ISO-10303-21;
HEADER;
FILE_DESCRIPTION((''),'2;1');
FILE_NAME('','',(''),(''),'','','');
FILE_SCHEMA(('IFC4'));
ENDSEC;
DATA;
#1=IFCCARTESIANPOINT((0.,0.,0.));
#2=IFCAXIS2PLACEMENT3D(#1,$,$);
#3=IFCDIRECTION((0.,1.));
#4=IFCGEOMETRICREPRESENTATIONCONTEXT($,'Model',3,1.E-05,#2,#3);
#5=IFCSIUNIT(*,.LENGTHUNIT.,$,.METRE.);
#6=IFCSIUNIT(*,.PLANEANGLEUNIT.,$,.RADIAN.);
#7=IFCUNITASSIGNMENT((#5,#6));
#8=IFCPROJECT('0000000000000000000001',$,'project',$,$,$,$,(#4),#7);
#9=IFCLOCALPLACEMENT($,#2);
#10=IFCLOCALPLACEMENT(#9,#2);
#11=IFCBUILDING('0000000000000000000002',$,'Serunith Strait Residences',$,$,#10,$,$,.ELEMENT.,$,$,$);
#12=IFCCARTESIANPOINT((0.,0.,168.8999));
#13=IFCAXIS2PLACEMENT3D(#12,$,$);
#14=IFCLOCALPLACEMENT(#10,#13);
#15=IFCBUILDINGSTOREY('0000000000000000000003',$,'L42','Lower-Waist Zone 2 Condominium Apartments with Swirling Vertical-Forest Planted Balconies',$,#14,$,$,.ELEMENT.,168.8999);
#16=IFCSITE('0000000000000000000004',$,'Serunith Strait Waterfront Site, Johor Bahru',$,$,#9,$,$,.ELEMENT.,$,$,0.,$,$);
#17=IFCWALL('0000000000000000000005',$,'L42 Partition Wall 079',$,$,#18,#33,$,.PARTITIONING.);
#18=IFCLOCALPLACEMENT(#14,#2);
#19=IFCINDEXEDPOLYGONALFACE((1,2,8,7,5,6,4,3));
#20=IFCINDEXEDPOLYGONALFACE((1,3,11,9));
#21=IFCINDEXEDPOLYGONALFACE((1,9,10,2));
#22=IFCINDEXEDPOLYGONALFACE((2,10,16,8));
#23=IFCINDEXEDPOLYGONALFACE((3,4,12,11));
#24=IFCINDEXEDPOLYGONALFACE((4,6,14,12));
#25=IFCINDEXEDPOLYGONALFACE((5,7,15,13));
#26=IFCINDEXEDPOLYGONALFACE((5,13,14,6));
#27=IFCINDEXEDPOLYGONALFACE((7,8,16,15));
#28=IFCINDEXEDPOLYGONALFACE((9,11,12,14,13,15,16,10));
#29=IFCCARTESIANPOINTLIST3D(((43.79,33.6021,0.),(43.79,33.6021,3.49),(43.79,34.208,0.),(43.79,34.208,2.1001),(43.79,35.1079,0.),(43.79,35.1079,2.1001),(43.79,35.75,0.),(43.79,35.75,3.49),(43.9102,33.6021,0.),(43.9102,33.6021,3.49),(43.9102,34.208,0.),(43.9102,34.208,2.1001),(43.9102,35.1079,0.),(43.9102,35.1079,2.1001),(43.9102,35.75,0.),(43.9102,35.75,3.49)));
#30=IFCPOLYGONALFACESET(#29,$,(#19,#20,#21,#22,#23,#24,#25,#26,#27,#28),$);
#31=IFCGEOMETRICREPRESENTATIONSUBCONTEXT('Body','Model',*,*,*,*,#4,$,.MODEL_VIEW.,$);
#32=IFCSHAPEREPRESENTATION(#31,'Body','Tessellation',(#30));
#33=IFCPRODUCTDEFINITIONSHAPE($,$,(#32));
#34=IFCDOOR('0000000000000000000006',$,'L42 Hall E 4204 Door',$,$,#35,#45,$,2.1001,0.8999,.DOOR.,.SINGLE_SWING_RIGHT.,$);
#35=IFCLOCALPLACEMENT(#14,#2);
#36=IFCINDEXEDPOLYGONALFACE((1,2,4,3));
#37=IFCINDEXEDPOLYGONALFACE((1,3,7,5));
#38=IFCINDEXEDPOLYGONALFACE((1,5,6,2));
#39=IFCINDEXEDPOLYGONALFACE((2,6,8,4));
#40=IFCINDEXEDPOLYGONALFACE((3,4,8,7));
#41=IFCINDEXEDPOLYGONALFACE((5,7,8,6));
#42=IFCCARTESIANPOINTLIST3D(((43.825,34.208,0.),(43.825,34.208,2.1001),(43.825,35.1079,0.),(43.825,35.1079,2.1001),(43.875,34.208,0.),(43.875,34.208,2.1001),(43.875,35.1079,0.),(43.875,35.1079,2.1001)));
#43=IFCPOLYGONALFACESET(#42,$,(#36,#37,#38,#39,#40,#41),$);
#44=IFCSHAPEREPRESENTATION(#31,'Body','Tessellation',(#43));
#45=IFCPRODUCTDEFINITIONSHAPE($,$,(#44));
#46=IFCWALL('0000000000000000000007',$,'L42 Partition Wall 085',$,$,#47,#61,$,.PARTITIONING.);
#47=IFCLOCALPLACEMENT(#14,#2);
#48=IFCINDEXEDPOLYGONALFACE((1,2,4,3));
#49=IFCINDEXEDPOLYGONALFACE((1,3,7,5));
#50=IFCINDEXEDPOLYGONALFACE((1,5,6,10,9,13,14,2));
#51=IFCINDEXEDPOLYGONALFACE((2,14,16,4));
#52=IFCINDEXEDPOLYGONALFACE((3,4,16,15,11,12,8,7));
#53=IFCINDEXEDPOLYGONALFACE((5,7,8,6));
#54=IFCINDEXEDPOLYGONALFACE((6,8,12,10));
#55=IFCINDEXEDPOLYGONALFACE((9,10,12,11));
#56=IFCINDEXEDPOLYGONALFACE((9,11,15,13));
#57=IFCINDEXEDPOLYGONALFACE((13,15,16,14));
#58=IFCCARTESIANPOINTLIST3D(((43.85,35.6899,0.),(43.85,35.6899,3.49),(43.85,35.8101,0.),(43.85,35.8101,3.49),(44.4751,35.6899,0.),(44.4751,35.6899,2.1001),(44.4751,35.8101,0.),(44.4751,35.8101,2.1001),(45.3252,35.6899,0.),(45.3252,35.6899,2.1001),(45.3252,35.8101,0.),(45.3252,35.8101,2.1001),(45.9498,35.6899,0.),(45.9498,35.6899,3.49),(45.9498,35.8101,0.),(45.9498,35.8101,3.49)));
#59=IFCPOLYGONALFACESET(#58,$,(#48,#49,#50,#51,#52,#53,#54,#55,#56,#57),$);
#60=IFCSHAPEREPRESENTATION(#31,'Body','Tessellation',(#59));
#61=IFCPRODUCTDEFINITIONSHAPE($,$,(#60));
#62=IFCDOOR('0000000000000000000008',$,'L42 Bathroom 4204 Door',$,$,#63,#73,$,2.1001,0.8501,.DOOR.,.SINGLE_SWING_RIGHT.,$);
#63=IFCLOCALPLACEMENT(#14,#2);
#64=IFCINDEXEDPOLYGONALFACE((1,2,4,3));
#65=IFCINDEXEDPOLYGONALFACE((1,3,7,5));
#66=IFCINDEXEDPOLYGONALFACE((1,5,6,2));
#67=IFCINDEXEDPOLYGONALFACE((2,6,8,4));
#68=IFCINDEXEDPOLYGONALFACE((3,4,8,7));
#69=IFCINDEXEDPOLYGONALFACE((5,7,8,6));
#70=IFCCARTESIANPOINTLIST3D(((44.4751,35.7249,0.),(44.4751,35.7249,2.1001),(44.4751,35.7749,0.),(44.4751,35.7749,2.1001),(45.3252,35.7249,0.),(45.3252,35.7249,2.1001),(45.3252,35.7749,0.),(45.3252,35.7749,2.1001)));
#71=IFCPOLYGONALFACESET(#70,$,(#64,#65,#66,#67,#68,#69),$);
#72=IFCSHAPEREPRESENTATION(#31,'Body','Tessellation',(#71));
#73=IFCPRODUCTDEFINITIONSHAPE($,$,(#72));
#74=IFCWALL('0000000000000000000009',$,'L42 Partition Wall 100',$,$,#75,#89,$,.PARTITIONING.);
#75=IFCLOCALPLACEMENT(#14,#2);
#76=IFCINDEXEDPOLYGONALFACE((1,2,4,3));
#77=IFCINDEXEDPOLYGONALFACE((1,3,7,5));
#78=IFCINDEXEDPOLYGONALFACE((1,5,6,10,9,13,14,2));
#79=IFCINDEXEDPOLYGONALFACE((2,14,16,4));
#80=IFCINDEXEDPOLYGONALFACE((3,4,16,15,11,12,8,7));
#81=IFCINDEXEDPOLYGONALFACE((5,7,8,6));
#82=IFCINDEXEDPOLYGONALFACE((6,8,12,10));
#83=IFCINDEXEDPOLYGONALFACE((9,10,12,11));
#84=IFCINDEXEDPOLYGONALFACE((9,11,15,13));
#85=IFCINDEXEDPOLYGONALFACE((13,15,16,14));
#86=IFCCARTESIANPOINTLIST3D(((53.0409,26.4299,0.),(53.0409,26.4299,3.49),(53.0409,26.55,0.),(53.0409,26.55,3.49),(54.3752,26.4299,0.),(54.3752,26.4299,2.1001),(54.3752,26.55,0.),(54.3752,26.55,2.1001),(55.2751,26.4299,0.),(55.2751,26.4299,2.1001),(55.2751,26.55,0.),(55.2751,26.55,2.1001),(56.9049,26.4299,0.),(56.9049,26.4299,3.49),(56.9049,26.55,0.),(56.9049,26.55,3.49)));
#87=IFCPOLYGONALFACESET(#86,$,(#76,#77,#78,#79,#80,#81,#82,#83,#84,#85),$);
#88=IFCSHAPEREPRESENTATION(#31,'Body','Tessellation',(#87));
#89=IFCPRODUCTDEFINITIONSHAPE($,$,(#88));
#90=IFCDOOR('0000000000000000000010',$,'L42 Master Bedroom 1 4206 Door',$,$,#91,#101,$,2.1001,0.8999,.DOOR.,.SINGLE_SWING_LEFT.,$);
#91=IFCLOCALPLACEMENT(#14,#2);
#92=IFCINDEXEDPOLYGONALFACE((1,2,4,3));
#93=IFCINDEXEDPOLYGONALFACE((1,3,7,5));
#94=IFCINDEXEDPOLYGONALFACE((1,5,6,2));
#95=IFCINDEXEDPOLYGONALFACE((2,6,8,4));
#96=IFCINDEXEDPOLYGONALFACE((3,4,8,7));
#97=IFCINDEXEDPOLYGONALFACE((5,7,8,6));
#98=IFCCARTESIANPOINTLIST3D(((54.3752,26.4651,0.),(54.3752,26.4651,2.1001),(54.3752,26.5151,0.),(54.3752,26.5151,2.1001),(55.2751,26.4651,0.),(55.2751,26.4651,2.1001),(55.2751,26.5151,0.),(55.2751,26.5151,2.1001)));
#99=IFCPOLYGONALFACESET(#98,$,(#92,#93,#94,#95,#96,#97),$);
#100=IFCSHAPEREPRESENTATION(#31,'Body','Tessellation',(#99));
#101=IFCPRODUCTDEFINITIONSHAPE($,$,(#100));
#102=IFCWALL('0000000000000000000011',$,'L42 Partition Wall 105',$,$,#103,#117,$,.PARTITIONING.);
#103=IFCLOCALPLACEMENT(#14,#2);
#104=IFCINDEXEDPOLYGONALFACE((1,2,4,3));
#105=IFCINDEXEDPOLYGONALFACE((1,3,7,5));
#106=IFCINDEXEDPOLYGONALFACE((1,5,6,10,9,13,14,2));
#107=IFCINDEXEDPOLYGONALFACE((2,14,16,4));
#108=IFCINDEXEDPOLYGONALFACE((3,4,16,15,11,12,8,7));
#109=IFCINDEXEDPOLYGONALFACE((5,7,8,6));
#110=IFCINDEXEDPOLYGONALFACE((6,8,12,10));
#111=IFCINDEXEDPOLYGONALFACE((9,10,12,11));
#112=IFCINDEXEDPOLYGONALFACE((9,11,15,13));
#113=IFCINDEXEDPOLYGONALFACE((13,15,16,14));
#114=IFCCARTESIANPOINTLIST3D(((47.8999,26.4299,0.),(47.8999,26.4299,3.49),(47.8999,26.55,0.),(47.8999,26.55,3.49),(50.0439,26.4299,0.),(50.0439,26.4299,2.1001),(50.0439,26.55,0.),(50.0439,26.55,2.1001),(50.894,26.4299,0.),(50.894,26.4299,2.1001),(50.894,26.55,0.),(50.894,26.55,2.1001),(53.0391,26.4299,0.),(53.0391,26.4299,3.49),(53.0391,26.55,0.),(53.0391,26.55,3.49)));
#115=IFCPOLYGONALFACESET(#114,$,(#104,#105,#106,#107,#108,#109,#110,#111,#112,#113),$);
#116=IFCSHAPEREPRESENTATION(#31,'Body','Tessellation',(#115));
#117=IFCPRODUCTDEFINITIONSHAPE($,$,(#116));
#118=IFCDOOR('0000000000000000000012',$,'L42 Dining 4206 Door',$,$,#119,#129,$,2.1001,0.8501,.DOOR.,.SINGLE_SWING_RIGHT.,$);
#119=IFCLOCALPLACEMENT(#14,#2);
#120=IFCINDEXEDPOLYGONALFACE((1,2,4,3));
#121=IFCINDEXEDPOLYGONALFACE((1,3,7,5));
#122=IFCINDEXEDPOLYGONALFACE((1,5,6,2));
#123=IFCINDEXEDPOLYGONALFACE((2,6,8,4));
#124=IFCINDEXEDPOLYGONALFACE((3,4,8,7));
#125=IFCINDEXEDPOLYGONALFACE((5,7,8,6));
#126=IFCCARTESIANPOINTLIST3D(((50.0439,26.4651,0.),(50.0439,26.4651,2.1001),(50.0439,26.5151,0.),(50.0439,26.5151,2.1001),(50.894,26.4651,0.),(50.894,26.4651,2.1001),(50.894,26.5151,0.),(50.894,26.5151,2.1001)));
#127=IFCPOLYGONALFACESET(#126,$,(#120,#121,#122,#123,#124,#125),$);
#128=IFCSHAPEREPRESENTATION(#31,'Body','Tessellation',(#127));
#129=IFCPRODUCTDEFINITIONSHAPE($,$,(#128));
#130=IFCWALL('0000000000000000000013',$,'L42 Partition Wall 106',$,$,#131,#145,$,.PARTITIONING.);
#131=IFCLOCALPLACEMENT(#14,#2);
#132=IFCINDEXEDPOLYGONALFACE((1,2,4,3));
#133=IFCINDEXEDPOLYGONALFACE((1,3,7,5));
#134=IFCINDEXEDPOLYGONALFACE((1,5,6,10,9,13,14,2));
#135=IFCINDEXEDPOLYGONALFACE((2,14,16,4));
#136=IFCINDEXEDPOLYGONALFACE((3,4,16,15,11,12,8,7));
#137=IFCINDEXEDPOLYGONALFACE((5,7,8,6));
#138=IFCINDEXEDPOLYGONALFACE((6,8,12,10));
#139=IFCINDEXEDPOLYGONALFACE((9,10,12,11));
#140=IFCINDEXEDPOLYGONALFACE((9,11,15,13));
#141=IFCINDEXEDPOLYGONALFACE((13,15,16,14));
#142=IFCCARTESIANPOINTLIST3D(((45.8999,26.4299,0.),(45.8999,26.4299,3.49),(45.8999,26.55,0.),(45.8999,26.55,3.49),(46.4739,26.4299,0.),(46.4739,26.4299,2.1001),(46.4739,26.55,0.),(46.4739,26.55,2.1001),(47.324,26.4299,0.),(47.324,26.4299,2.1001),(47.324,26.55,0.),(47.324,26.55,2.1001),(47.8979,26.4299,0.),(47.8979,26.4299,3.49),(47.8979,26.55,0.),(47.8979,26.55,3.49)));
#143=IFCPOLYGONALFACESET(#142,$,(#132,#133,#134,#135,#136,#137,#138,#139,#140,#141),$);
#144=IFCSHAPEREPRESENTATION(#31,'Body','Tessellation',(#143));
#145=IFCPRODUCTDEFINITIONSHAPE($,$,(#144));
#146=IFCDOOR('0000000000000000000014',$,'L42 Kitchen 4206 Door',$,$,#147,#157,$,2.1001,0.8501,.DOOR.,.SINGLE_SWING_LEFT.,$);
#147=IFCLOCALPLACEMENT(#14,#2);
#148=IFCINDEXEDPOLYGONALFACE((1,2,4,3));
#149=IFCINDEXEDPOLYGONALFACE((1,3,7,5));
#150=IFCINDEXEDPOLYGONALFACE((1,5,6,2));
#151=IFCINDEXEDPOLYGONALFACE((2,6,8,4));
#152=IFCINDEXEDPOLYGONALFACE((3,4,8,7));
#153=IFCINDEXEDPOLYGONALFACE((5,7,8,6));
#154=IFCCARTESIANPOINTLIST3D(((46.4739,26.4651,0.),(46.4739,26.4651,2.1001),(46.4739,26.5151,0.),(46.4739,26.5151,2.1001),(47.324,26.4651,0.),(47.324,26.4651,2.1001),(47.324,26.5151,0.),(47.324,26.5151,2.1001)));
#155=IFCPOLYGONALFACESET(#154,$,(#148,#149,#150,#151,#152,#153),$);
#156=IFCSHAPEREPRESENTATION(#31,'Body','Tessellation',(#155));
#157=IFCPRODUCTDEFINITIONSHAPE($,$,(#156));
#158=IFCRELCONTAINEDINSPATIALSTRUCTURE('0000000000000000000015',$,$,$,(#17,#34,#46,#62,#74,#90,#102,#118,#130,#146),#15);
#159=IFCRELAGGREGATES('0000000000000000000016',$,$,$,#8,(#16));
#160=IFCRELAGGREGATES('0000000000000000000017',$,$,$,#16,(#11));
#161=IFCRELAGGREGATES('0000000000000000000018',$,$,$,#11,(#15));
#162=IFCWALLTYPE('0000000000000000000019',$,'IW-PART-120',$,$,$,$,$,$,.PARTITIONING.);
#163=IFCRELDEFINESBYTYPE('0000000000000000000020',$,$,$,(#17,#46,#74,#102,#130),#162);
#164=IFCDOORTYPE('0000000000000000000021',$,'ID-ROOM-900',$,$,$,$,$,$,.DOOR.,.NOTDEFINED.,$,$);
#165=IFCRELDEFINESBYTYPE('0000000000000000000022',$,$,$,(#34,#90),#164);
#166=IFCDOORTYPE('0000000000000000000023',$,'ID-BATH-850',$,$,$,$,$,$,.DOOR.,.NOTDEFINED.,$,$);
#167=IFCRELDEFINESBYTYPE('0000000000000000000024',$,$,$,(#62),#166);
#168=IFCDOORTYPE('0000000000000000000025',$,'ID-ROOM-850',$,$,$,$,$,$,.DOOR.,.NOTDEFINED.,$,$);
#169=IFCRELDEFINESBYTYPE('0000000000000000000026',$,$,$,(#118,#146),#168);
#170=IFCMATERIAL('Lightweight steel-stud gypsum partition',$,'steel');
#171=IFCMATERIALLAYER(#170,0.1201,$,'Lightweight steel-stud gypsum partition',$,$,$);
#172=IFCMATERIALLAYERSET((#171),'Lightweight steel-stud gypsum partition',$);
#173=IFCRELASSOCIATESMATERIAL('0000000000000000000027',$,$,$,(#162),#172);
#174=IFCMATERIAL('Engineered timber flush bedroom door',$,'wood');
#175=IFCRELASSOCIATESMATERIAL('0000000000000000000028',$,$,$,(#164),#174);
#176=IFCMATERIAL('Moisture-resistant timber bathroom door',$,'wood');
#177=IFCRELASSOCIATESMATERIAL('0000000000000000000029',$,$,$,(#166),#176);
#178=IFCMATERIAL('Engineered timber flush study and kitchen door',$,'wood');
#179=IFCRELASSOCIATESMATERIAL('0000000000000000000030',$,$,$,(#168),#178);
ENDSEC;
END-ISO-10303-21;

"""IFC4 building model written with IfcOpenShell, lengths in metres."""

from ifc_helpers import new_model, si_unit, direction, frame, frame_2d, origin, place, context, subcontext, project, spatial, rectangle, extrude, source, transform, mapped, material, layer, layer_set, type_object, element, fill, save


model = new_model("IFC4")

# Units and contexts
model_context = context("Model", 3, precision=1e-05, world=origin(), true_north=direction((0.0, 1.0)))
body_context = subcontext(model_context, "Body", "Model", "MODEL_VIEW")
ifc_project = project(units=[si_unit("LENGTHUNIT", "METRE"), si_unit("PLANEANGLEUNIT", "RADIAN")], contexts=[model_context])

# Site, building, storey
site_placement = place(None, origin())
site = spatial("IfcSite", under=ifc_project, at=site_placement, Name="Serunith Strait Waterfront Site, Johor Bahru", CompositionType="ELEMENT", RefElevation=0.0)
building_placement = place(site_placement, origin())
building = spatial("IfcBuilding", under=site, at=building_placement, Name="Serunith Strait Residences", CompositionType="ELEMENT")
storey_placement = place(building_placement, frame((0.0, 0.0, 168.8999)))
storey = spatial("IfcBuildingStorey", under=building, at=storey_placement, Name="L42", Description="Lower-Waist Zone 2 Condominium Apartments with Swirling Vertical-Forest Planted Balconies", CompositionType="ELEMENT", Elevation=168.8999)

# Walls, openings, doors
ifc_material_1 = material(Name="Lightweight steel-stud gypsum partition", Category="steel")
ifc_layer_1 = layer(ifc_material_1, 0.1201, Name="Lightweight steel-stud gypsum partition")
ifc_layer_set_1 = layer_set([ifc_layer_1], Name="Lightweight steel-stud gypsum partition")
wall_type_1 = type_object("IfcWallType", Name="IW-PART-120", PredefinedType="PARTITIONING", material=ifc_layer_set_1)
wall_1_placement = place(storey_placement, frame((43.8501, 35.75, 0.0), z_axis=(0.0, 0.0, 1.0), x_axis=(0.0, -1.0, 0.0)))
wall_1 = element("IfcWall", 1, at=wall_1_placement, inside=storey, type_object=wall_type_1, Name="L42 Partition Wall 079", PredefinedType="PARTITIONING", context=body_context, shape_type="SweptSolid", body=[
    extrude(rectangle(XDim=2.1479, YDim=0.1201, at=frame_2d((1.074, 0.0))), origin(), (0.0, 0.0, 1.0), 3.49),
])
opening_1_placement = place(wall_1_placement, frame((0.6421, 0.0, 0.0)))
opening_1 = element("IfcOpeningElement", 2, at=opening_1_placement, cuts=wall_1, PredefinedType="OPENING", context=body_context, shape_type="SweptSolid", body=[
    extrude(rectangle(XDim=0.8999, YDim=2.1001, at=frame_2d((0.45, 1.05))), frame((0.0, 0.0701, 0.0), z_axis=(0.0, -1.0, 0.0), x_axis=(1.0, 0.0, 0.0)), (0.0, 0.0, 1.0), 0.1401),
])
ifc_material_2 = material(Name="Engineered timber flush bedroom door", Category="wood")
door_type_1 = type_object("IfcDoorType", Name="ID-ROOM-900", OperationType="NOTDEFINED", PredefinedType="DOOR", material=ifc_material_2)
shared_shape_1 = source(origin(), body_context, "Body", "SweptSolid", [
    extrude(rectangle(XDim=0.8999, YDim=2.1001, at=frame_2d((0.45, 1.05))), frame((0.0, 0.0249, 0.0), z_axis=(0.0, -1.0, 0.0), x_axis=(1.0, 0.0, 0.0)), (0.0, 0.0, 1.0), 0.05),
])
door_1_placement = place(opening_1_placement, origin())
door_1 = element("IfcDoor", 3, at=door_1_placement, inside=storey, type_object=door_type_1, Name="L42 Hall E 4204 Door", OperationType="SINGLE_SWING_RIGHT", OverallHeight=2.1001, OverallWidth=0.8999, PredefinedType="DOOR", context=body_context, shape_type="MappedRepresentation", body=[
    mapped(shared_shape_1, transform((0.0, 0.0, 0.0), scale=1.0)),
])
fill(opening_1, door_1)
wall_2_placement = place(storey_placement, frame((43.8501, 35.75, 0.0), z_axis=(0.0, 0.0, 1.0), x_axis=(1.0, 0.0, 0.0)))
wall_2 = element("IfcWall", 4, at=wall_2_placement, inside=storey, type_object=wall_type_1, Name="L42 Partition Wall 085", PredefinedType="PARTITIONING", context=body_context, shape_type="SweptSolid", body=[
    extrude(rectangle(XDim=2.0999, YDim=0.1201, at=frame_2d((1.0498, 0.0))), origin(), (0.0, 0.0, 1.0), 3.49),
])
opening_2_placement = place(wall_2_placement, frame((0.625, 0.0, 0.0)))
opening_2 = element("IfcOpeningElement", 5, at=opening_2_placement, cuts=wall_2, PredefinedType="OPENING", context=body_context, shape_type="SweptSolid", body=[
    extrude(rectangle(XDim=0.8501, YDim=2.1001, at=frame_2d((0.425, 1.05))), frame((0.0, 0.0701, 0.0), z_axis=(0.0, -1.0, 0.0), x_axis=(1.0, 0.0, 0.0)), (0.0, 0.0, 1.0), 0.1401),
])
ifc_material_3 = material(Name="Moisture-resistant timber bathroom door", Category="wood")
door_type_2 = type_object("IfcDoorType", Name="ID-BATH-850", OperationType="NOTDEFINED", PredefinedType="DOOR", material=ifc_material_3)
shared_shape_2 = source(origin(), body_context, "Body", "SweptSolid", [
    extrude(rectangle(XDim=0.8501, YDim=2.1001, at=frame_2d((0.425, 1.05))), frame((0.0, 0.0249, 0.0), z_axis=(0.0, -1.0, 0.0), x_axis=(1.0, 0.0, 0.0)), (0.0, 0.0, 1.0), 0.05),
])
door_2_placement = place(opening_2_placement, origin())
door_2 = element("IfcDoor", 6, at=door_2_placement, inside=storey, type_object=door_type_2, Name="L42 Bathroom 4204 Door", OperationType="SINGLE_SWING_RIGHT", OverallHeight=2.1001, OverallWidth=0.8501, PredefinedType="DOOR", context=body_context, shape_type="MappedRepresentation", body=[
    mapped(shared_shape_2, transform((0.0, 0.0, 0.0), scale=1.0)),
])
fill(opening_2, door_2)
wall_3_placement = place(storey_placement, frame((56.905, 26.49, 0.0), z_axis=(0.0, 0.0, 1.0), x_axis=(-1.0, 0.0, 0.0)))
wall_3 = element("IfcWall", 7, at=wall_3_placement, inside=storey, type_object=wall_type_1, Name="L42 Partition Wall 100", PredefinedType="PARTITIONING", context=body_context, shape_type="SweptSolid", body=[
    extrude(rectangle(XDim=3.864, YDim=0.1201, at=frame_2d((1.9321, 0.0))), origin(), (0.0, 0.0, 1.0), 3.49),
])
opening_3_placement = place(wall_3_placement, frame((1.6299, 0.0, 0.0)))
opening_3 = element("IfcOpeningElement", 8, at=opening_3_placement, cuts=wall_3, PredefinedType="OPENING", context=body_context, shape_type="SweptSolid", body=[
    extrude(rectangle(XDim=0.8999, YDim=2.1001, at=frame_2d((0.45, 1.05))), frame((0.0, 0.0701, 0.0), z_axis=(0.0, -1.0, 0.0), x_axis=(1.0, 0.0, 0.0)), (0.0, 0.0, 1.0), 0.1401),
])
door_3_placement = place(opening_3_placement, origin())
door_3 = element("IfcDoor", 9, at=door_3_placement, inside=storey, type_object=door_type_1, Name="L42 Master Bedroom 1 4206 Door", OperationType="SINGLE_SWING_LEFT", OverallHeight=2.1001, OverallWidth=0.8999, PredefinedType="DOOR", context=body_context, shape_type="MappedRepresentation", body=[
    mapped(shared_shape_1, transform((0.0, 0.0, 0.0), scale=1.0)),
])
fill(opening_3, door_3)
wall_4_placement = place(storey_placement, frame((53.0391, 26.49, 0.0), z_axis=(0.0, 0.0, 1.0), x_axis=(-1.0, 0.0, 0.0)))
wall_4 = element("IfcWall", 10, at=wall_4_placement, inside=storey, type_object=wall_type_1, Name="L42 Partition Wall 105", PredefinedType="PARTITIONING", context=body_context, shape_type="SweptSolid", body=[
    extrude(rectangle(XDim=5.1392, YDim=0.1201, at=frame_2d((2.5696, 0.0))), origin(), (0.0, 0.0, 1.0), 3.49),
])
opening_4_placement = place(wall_4_placement, frame((2.145, 0.0, 0.0)))
opening_4 = element("IfcOpeningElement", 11, at=opening_4_placement, cuts=wall_4, PredefinedType="OPENING", context=body_context, shape_type="SweptSolid", body=[
    extrude(rectangle(XDim=0.8501, YDim=2.1001, at=frame_2d((0.425, 1.05))), frame((0.0, 0.0701, 0.0), z_axis=(0.0, -1.0, 0.0), x_axis=(1.0, 0.0, 0.0)), (0.0, 0.0, 1.0), 0.1401),
])
ifc_material_4 = material(Name="Engineered timber flush study and kitchen door", Category="wood")
door_type_3 = type_object("IfcDoorType", Name="ID-ROOM-850", OperationType="NOTDEFINED", PredefinedType="DOOR", material=ifc_material_4)
door_4_placement = place(opening_4_placement, origin())
door_4 = element("IfcDoor", 12, at=door_4_placement, inside=storey, type_object=door_type_3, Name="L42 Dining 4206 Door", OperationType="SINGLE_SWING_RIGHT", OverallHeight=2.1001, OverallWidth=0.8501, PredefinedType="DOOR", context=body_context, shape_type="MappedRepresentation", body=[
    mapped(shared_shape_2, transform((0.0, 0.0, 0.0), scale=1.0)),
])
fill(opening_4, door_4)
wall_5_placement = place(storey_placement, frame((47.8979, 26.49, 0.0), z_axis=(0.0, 0.0, 1.0), x_axis=(-1.0, 0.0, 0.0)))
wall_5 = element("IfcWall", 13, at=wall_5_placement, inside=storey, type_object=wall_type_1, Name="L42 Partition Wall 106", PredefinedType="PARTITIONING", context=body_context, shape_type="SweptSolid", body=[
    extrude(rectangle(XDim=1.998, YDim=0.1201, at=frame_2d((0.999, 0.0))), origin(), (0.0, 0.0, 1.0), 3.49),
])
opening_5_placement = place(wall_5_placement, frame((0.574, 0.0, 0.0)))
opening_5 = element("IfcOpeningElement", 14, at=opening_5_placement, cuts=wall_5, PredefinedType="OPENING", context=body_context, shape_type="SweptSolid", body=[
    extrude(rectangle(XDim=0.8501, YDim=2.1001, at=frame_2d((0.425, 1.05))), frame((0.0, 0.0701, 0.0), z_axis=(0.0, -1.0, 0.0), x_axis=(1.0, 0.0, 0.0)), (0.0, 0.0, 1.0), 0.1401),
])
door_5_placement = place(opening_5_placement, origin())
door_5 = element("IfcDoor", 15, at=door_5_placement, inside=storey, type_object=door_type_3, Name="L42 Kitchen 4206 Door", OperationType="SINGLE_SWING_LEFT", OverallHeight=2.1001, OverallWidth=0.8501, PredefinedType="DOOR", context=body_context, shape_type="MappedRepresentation", body=[
    mapped(shared_shape_2, transform((0.0, 0.0, 0.0), scale=1.0)),
])
fill(opening_5, door_5)

save(model, "model.ifc")
